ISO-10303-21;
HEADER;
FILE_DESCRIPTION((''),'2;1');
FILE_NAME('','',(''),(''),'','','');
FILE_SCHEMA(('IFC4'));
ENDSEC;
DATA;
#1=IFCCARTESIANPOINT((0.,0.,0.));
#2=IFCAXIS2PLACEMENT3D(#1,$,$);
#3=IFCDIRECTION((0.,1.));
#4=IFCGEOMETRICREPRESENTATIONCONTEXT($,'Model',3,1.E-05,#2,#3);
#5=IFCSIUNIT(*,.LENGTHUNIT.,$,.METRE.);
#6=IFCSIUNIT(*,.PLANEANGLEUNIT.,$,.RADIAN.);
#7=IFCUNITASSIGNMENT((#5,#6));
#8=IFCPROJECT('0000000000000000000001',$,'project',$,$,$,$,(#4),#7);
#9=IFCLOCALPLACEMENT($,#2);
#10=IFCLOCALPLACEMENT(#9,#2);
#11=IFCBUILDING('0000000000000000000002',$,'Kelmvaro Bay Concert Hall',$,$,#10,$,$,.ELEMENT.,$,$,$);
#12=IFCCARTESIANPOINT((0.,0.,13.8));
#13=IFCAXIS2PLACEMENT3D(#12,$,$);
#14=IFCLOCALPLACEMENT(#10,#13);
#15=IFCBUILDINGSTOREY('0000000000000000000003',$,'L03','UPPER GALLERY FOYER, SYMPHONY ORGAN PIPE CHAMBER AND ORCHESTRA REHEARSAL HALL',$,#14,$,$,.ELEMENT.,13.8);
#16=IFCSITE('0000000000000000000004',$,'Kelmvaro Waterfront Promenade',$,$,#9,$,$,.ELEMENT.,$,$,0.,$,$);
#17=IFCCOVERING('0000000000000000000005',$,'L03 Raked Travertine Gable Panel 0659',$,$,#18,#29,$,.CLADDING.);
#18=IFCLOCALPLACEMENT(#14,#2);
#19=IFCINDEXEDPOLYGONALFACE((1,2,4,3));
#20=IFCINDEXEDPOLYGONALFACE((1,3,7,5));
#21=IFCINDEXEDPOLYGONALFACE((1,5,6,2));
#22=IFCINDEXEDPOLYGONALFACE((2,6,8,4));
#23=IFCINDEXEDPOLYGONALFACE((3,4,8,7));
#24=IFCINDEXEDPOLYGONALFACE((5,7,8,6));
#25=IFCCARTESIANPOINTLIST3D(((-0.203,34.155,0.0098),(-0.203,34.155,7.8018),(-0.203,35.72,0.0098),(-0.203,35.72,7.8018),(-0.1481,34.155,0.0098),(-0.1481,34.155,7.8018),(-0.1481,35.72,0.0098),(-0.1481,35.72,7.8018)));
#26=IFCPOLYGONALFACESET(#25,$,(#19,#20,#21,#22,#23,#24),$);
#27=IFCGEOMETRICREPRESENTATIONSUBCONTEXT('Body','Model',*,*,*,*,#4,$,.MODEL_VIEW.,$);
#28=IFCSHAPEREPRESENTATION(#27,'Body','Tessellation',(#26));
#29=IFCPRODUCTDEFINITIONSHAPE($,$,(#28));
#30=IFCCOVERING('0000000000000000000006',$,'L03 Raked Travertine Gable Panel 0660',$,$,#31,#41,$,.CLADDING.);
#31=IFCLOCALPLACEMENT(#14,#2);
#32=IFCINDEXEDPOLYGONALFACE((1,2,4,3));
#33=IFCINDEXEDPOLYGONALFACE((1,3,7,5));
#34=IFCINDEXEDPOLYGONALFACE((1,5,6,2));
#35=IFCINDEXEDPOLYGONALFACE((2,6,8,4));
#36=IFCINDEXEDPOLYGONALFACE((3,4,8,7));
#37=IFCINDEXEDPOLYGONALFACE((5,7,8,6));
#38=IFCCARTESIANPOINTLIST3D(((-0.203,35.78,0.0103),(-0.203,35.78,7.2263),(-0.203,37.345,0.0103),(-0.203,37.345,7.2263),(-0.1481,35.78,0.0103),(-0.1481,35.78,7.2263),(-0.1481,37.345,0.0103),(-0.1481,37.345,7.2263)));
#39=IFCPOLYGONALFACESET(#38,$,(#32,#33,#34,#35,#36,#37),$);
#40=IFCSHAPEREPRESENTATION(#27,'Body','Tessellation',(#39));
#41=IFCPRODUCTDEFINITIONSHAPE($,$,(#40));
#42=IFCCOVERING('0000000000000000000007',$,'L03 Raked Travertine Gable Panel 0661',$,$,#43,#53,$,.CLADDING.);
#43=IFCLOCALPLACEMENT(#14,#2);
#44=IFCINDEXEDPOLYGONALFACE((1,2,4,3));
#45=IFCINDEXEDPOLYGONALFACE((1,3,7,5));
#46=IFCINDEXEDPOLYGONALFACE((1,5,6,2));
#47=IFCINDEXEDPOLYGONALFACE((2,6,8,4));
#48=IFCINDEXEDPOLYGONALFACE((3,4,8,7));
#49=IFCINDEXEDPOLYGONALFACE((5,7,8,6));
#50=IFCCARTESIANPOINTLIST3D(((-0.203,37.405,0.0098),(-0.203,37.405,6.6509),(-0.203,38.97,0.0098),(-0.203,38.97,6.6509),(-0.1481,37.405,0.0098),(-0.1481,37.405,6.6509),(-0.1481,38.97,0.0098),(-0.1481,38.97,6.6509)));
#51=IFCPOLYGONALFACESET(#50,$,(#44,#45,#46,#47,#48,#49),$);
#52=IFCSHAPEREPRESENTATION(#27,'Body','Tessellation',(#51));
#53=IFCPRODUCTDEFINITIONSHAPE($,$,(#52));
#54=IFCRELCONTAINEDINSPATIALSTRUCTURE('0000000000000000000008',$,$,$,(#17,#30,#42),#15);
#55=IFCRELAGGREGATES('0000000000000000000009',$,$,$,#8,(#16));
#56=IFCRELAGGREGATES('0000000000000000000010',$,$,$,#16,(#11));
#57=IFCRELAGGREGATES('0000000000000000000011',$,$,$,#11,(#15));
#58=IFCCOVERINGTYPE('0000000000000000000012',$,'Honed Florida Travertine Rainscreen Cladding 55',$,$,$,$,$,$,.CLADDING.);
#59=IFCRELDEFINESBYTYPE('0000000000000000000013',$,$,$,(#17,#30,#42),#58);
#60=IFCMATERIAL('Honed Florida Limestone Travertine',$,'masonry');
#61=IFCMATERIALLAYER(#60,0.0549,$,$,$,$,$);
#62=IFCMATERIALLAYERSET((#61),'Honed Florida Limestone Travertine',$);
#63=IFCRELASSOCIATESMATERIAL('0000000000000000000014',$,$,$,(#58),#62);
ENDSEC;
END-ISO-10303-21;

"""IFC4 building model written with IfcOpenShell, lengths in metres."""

from ifc_helpers import new_model, si_unit, direction, frame, origin, origin_2d, place, context, subcontext, project, spatial, rectangle, extrude, material, layer, layer_set, type_object, element, save


model = new_model("IFC4")

# Units and contexts
model_context = context("Model", 3, precision=1e-05, world=origin(), true_north=direction((0.0, 1.0)))
body_context = subcontext(model_context, "Body", "Model", "MODEL_VIEW")
ifc_project = project(units=[si_unit("LENGTHUNIT", "METRE"), si_unit("PLANEANGLEUNIT", "RADIAN")], contexts=[model_context])

# Site, building, storey
site_placement = place(None, origin())
site = spatial("IfcSite", under=ifc_project, at=site_placement, Name="Kelmvaro Waterfront Promenade", CompositionType="ELEMENT", RefElevation=0.0)
building_placement = place(site_placement, origin())
building = spatial("IfcBuilding", under=site, at=building_placement, Name="Kelmvaro Bay Concert Hall", CompositionType="ELEMENT")
storey_placement = place(building_placement, frame((0.0, 0.0, 13.8)))
storey = spatial("IfcBuildingStorey", under=building, at=storey_placement, Name="L03", Description="UPPER GALLERY FOYER, SYMPHONY ORGAN PIPE CHAMBER AND ORCHESTRA REHEARSAL HALL", CompositionType="ELEMENT", Elevation=13.8)

# Coverings
ifc_material_1 = material(Name="Honed Florida Limestone Travertine", Category="masonry")
ifc_layer_1 = layer(ifc_material_1, 0.0549)
ifc_layer_set_1 = layer_set([ifc_layer_1], Name="Honed Florida Limestone Travertine")
covering_type = type_object("IfcCoveringType", Name="Honed Florida Travertine Rainscreen Cladding 55", PredefinedType="CLADDING", material=ifc_layer_set_1)
covering_1_placement = place(storey_placement, frame((-0.1755, 34.9375, 0.0098), z_axis=(0.0, 0.0, 1.0), x_axis=(0.0, 1.0, 0.0)))
element("IfcCovering", 1, at=covering_1_placement, inside=storey, type_object=covering_type, Name="L03 Raked Travertine Gable Panel 0659", PredefinedType="CLADDING", context=body_context, shape_type="SweptSolid", body=[
    extrude(rectangle(XDim=1.5649, YDim=0.0549, at=origin_2d()), origin(), (0.0, 0.0, 1.0), 7.792),
])
covering_2_placement = place(storey_placement, frame((-0.1755, 36.5625, 0.0103), z_axis=(0.0, 0.0, 1.0), x_axis=(0.0, 1.0, 0.0)))
element("IfcCovering", 2, at=covering_2_placement, inside=storey, type_object=covering_type, Name="L03 Raked Travertine Gable Panel 0660", PredefinedType="CLADDING", context=body_context, shape_type="SweptSolid", body=[
    extrude(rectangle(XDim=1.5649, YDim=0.0549, at=origin_2d()), origin(), (0.0, 0.0, 1.0), 7.2161),
])
covering_3_placement = place(storey_placement, frame((-0.1755, 38.1875, 0.0098), z_axis=(0.0, 0.0, 1.0), x_axis=(0.0, 1.0, 0.0)))
element("IfcCovering", 3, at=covering_3_placement, inside=storey, type_object=covering_type, Name="L03 Raked Travertine Gable Panel 0661", PredefinedType="CLADDING", context=body_context, shape_type="SweptSolid", body=[
    extrude(rectangle(XDim=1.5649, YDim=0.0549, at=origin_2d()), origin(), (0.0, 0.0, 1.0), 6.6411),
])

save(model, "model.ifc")
